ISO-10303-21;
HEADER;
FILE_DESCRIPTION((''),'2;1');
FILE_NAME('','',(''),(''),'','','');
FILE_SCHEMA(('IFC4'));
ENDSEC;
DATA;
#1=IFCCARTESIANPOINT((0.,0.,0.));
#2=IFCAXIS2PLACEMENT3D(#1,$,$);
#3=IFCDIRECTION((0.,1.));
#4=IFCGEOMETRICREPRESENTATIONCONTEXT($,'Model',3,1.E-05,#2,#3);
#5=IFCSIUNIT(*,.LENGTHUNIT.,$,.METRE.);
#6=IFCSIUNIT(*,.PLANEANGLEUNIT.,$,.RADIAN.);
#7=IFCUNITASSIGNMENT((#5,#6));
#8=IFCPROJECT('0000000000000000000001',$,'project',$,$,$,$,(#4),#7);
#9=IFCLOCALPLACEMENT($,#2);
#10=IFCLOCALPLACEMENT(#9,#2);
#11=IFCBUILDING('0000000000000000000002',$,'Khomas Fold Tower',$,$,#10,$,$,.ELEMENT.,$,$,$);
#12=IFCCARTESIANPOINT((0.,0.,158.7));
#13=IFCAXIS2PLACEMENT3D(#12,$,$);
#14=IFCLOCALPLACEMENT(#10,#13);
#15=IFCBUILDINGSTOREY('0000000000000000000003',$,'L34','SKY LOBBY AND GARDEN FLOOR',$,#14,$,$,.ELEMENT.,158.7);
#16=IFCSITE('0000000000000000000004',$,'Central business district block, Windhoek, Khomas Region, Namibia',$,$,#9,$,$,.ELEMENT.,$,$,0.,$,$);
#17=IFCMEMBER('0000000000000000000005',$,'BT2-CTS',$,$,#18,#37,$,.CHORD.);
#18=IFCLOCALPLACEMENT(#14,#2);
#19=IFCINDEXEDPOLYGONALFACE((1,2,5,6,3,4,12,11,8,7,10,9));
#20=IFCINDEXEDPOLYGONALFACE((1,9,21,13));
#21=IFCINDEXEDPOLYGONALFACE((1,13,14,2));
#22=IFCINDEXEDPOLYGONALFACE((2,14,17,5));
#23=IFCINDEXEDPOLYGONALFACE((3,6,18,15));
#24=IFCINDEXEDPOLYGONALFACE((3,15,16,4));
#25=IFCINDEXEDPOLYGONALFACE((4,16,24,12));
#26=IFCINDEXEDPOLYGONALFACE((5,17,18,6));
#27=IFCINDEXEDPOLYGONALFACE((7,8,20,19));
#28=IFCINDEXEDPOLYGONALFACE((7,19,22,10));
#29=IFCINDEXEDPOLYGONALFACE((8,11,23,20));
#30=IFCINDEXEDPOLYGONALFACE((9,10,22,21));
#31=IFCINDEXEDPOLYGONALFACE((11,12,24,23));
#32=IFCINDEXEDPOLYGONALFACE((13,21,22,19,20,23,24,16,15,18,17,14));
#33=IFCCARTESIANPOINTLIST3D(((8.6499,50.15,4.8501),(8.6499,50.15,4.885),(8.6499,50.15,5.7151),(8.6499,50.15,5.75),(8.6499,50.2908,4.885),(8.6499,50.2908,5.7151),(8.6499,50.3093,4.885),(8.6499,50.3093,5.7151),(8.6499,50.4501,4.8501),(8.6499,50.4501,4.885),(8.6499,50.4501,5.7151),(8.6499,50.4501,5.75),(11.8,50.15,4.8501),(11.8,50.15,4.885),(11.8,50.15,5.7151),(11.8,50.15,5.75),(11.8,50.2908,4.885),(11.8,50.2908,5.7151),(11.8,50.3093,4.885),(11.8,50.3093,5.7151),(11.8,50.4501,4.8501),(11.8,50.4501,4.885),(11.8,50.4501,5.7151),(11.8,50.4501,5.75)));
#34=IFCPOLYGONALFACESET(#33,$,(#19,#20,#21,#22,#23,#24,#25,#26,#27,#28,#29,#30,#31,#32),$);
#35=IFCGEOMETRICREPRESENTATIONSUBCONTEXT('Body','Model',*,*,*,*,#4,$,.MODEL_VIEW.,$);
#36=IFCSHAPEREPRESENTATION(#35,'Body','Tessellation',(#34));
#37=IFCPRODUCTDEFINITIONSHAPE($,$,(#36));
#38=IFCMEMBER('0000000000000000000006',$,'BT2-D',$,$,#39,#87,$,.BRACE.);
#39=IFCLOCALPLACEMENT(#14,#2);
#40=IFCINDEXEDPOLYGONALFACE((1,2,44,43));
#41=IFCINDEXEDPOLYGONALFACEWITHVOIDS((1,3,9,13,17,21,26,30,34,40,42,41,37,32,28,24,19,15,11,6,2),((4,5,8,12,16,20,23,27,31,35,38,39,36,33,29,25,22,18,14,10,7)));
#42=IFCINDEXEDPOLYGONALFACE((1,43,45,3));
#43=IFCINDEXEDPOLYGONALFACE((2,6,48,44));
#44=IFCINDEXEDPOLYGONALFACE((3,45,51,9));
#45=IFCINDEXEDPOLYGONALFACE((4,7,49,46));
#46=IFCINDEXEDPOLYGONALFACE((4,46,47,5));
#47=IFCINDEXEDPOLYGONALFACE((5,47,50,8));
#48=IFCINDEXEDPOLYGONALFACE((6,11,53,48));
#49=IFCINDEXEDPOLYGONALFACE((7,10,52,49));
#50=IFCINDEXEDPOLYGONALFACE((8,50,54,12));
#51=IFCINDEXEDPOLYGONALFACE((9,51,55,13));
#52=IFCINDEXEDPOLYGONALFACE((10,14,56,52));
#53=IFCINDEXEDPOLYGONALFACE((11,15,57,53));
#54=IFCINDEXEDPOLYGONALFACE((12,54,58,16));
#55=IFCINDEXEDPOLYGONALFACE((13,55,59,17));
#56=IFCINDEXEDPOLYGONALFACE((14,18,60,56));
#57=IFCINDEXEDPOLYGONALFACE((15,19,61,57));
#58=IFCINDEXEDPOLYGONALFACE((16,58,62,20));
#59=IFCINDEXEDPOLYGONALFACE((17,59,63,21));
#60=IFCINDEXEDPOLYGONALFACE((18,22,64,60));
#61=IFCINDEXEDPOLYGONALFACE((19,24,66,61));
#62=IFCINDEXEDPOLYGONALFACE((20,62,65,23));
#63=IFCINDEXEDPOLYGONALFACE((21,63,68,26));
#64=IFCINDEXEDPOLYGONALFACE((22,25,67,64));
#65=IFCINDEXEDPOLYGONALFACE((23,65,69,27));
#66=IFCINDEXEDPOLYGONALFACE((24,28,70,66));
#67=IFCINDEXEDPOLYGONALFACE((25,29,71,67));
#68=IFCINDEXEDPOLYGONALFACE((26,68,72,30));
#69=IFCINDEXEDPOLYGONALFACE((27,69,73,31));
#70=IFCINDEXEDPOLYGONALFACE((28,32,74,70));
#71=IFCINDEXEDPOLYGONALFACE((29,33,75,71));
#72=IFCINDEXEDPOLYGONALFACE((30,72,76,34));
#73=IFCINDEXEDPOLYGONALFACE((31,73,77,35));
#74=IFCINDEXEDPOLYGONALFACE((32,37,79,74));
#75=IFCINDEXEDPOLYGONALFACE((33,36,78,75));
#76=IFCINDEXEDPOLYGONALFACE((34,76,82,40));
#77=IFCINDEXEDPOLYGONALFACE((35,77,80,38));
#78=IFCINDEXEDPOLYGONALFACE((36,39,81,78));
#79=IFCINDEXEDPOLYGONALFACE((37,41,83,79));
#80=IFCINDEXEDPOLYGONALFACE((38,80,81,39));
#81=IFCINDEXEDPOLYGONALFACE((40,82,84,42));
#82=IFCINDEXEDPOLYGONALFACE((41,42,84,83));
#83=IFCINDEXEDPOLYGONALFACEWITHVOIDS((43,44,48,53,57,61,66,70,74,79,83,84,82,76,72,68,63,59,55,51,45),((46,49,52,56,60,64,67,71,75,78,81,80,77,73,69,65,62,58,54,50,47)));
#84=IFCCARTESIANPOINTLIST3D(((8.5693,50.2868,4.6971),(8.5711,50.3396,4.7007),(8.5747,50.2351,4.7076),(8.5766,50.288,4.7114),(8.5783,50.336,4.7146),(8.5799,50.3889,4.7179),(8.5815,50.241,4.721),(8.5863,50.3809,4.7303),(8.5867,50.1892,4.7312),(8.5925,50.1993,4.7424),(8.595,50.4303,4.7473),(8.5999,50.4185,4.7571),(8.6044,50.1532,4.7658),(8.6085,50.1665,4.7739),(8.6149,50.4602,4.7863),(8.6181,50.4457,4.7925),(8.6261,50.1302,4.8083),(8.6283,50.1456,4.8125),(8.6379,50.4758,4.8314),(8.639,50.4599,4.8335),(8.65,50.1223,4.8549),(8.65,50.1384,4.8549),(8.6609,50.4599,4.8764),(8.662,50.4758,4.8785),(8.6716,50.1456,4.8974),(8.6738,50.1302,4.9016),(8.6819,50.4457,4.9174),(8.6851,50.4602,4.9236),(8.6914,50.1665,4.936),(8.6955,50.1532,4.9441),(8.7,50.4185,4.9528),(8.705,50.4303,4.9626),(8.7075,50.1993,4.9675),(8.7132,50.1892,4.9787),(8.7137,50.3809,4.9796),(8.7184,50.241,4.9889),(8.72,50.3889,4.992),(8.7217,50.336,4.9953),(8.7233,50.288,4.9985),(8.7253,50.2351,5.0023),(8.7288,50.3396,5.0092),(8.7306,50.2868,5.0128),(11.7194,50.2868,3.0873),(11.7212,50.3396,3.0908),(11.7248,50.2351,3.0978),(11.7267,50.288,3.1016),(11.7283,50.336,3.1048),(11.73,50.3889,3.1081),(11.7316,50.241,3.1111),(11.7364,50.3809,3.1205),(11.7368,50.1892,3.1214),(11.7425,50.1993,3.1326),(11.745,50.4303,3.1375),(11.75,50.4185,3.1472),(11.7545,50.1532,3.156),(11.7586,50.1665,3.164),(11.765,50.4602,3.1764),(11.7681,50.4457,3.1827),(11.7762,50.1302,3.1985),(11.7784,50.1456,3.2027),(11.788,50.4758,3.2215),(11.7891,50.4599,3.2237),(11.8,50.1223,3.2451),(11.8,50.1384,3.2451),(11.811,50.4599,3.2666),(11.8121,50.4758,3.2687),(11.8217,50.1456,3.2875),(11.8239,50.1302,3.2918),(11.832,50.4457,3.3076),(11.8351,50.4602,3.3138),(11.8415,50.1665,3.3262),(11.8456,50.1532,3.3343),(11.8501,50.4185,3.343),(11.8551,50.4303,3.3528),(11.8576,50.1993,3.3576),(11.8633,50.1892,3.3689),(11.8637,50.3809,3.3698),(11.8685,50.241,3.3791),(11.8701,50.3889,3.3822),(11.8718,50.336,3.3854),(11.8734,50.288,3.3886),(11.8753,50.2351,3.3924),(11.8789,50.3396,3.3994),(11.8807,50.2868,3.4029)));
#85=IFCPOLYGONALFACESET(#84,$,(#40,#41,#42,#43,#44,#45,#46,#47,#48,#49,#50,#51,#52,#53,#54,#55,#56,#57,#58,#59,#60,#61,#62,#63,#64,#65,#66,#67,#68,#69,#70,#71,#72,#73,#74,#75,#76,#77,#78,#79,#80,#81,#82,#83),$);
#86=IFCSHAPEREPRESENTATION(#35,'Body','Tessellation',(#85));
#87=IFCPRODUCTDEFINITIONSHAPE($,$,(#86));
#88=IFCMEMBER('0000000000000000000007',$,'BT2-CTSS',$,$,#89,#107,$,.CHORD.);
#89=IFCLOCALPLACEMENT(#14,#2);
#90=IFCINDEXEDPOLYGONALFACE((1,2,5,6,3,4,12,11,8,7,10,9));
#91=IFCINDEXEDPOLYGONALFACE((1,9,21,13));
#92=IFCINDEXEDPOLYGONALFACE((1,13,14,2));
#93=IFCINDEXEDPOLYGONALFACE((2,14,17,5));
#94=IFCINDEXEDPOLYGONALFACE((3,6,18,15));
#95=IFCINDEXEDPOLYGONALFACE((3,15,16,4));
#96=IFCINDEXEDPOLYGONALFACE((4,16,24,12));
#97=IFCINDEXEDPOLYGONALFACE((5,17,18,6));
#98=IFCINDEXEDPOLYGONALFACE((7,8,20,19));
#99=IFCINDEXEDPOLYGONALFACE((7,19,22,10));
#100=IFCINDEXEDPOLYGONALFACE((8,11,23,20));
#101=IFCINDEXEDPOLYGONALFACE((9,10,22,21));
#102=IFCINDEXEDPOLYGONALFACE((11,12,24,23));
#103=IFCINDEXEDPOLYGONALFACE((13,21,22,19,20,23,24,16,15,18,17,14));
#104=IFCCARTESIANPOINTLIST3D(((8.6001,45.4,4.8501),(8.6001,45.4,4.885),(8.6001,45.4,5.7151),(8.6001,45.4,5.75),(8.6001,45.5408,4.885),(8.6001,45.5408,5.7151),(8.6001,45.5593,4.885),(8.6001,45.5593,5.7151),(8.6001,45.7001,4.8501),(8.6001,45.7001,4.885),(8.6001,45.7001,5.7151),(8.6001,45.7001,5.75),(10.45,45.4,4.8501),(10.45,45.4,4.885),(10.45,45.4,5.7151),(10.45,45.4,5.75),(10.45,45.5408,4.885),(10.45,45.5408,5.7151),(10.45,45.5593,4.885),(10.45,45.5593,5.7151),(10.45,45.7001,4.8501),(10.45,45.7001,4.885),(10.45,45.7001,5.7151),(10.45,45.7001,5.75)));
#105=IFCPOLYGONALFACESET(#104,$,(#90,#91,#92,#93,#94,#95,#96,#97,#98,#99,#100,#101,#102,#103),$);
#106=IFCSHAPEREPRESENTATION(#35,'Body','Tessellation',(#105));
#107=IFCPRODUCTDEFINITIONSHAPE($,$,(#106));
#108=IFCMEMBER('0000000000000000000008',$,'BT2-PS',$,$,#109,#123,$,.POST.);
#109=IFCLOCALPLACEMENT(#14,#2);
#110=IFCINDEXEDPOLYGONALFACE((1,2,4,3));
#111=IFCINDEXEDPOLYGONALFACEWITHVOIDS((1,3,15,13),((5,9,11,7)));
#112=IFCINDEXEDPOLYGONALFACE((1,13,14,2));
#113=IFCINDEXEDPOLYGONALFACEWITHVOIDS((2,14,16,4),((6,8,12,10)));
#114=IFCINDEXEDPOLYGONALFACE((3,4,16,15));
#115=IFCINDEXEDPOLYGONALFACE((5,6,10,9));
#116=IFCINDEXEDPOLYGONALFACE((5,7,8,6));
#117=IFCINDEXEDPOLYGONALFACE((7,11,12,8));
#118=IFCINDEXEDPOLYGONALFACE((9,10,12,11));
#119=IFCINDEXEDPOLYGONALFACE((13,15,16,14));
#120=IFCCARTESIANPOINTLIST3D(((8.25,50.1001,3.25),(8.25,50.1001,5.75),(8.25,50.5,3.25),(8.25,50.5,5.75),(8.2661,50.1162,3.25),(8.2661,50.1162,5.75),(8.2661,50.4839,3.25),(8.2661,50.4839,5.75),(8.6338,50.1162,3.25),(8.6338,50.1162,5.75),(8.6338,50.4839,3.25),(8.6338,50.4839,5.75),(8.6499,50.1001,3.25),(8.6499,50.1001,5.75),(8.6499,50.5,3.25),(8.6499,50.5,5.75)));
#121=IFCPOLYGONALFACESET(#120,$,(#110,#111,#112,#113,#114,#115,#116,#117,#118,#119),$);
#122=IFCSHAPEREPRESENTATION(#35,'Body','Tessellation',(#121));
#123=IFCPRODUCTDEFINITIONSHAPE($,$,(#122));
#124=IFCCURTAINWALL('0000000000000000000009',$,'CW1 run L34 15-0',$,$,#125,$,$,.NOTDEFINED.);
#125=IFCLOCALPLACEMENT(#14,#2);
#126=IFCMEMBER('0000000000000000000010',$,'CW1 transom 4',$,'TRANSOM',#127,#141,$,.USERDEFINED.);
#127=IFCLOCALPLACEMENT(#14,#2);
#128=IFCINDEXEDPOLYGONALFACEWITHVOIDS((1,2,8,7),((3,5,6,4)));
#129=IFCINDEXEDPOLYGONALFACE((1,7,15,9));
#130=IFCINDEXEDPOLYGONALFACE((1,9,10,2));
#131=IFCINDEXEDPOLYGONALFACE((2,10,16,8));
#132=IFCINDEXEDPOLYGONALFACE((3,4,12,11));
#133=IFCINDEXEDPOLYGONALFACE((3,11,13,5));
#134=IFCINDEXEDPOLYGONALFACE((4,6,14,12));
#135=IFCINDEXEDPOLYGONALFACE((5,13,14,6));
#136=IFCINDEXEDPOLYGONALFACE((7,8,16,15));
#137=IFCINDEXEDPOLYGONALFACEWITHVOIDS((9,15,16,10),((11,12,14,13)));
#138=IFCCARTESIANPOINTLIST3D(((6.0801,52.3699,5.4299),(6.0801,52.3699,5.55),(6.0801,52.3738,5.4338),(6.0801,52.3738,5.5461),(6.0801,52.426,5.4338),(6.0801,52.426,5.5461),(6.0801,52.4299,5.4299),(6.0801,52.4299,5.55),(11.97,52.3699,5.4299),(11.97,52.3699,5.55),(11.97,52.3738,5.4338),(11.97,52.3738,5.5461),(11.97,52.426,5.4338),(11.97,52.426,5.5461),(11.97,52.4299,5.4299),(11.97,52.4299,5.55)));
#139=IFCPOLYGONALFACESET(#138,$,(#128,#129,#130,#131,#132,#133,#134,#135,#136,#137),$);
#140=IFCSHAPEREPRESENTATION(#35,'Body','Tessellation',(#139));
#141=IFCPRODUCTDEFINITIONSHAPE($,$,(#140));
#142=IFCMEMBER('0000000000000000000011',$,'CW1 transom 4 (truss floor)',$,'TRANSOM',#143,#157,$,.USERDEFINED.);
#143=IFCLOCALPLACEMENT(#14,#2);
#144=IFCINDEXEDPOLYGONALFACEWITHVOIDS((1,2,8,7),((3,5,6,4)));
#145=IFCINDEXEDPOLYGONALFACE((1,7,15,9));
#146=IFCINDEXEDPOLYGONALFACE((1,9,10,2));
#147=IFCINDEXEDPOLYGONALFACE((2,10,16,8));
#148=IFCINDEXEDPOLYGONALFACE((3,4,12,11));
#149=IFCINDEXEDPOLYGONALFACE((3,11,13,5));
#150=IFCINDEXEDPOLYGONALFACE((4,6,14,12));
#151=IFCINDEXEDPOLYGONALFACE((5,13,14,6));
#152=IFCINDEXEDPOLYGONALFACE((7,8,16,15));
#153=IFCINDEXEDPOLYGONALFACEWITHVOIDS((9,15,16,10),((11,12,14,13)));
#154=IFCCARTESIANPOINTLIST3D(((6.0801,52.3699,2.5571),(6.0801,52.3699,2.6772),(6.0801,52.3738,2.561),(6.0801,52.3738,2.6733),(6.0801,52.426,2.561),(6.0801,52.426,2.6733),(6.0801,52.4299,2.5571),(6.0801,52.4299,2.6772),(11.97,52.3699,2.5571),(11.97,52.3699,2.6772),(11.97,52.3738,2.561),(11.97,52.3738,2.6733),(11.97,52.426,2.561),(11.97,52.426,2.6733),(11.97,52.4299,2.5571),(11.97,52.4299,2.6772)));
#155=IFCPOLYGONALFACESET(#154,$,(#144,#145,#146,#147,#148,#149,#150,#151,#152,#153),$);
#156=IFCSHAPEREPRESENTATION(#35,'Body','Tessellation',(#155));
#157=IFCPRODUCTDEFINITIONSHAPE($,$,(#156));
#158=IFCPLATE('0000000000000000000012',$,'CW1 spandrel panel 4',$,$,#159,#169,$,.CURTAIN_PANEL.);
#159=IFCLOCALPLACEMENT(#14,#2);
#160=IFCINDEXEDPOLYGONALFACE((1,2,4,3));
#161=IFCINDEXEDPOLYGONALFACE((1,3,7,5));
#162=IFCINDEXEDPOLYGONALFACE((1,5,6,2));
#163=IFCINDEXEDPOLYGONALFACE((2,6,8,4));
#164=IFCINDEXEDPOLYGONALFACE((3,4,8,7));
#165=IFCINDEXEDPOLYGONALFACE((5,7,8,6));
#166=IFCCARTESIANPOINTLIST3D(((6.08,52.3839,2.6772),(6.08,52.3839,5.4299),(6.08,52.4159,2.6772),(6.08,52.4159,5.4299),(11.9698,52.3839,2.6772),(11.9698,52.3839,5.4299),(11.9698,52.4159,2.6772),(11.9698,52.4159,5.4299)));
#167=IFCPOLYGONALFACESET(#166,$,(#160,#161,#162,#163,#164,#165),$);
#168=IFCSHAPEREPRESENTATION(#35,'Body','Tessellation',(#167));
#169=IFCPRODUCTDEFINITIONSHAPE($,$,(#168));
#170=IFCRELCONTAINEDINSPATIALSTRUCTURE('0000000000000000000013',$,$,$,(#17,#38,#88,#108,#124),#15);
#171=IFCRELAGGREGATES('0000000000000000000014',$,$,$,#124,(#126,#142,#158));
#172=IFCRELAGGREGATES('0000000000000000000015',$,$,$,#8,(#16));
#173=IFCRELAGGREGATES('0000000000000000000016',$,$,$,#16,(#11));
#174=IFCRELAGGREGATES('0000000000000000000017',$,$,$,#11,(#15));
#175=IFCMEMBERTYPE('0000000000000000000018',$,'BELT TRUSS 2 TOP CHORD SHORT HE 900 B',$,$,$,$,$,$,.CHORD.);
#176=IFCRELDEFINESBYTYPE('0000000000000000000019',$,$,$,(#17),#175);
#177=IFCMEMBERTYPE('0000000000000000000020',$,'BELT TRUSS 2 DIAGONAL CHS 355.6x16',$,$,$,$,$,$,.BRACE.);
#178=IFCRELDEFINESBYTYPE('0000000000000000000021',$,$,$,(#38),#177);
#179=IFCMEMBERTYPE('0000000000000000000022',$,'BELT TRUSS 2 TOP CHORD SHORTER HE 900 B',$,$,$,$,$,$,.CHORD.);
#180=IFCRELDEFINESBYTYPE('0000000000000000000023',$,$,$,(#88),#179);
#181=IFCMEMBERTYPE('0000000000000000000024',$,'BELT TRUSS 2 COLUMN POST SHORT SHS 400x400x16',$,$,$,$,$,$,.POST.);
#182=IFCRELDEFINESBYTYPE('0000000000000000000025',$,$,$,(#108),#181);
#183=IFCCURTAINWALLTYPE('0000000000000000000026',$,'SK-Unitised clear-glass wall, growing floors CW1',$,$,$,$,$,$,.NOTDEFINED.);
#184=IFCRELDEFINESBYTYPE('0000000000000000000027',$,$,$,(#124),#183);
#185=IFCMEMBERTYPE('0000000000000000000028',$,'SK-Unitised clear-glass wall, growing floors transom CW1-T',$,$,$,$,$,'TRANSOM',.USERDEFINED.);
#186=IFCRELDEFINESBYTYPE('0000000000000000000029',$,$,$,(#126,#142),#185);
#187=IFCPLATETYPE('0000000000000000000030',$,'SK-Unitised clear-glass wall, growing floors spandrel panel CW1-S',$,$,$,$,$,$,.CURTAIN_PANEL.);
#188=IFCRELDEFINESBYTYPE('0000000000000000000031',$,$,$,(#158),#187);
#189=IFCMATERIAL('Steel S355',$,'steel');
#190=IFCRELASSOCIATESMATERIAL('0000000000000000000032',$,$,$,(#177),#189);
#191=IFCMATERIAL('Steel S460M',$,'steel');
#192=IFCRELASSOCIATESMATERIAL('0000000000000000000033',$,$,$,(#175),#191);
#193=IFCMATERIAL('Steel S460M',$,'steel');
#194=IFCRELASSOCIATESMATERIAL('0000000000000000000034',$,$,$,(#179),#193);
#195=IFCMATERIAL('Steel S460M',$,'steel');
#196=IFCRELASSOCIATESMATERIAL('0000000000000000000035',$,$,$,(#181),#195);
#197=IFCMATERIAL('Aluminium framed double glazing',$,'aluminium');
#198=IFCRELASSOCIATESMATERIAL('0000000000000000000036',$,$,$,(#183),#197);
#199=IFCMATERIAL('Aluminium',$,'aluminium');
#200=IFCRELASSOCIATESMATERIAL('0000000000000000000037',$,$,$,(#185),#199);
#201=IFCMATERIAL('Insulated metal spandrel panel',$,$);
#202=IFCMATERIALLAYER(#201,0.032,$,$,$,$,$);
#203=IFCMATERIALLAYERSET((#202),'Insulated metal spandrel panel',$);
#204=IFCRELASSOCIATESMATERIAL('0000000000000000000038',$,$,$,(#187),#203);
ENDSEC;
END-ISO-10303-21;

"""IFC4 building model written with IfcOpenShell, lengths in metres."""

from ifc_helpers import new_model, si_unit, direction, frame, origin, origin_2d, place, context, subcontext, project, spatial, rectangle, hollow_rectangle, hollow_circle, i_section, extrude, source, transform, mapped, material, layer, layer_set, material_profile, profile_set, type_object, element, aggregate, save


model = new_model("IFC4")

# Units and contexts
model_context = context("Model", 3, precision=1e-05, world=origin(), true_north=direction((0.0, 1.0)))
body_context = subcontext(model_context, "Body", "Model", "MODEL_VIEW")
ifc_project = project(units=[si_unit("LENGTHUNIT", "METRE"), si_unit("PLANEANGLEUNIT", "RADIAN")], contexts=[model_context])

# Site, building, storey
site_placement = place(None, origin())
site = spatial("IfcSite", under=ifc_project, at=site_placement, Name="Central business district block, Windhoek, Khomas Region, Namibia", CompositionType="ELEMENT", RefElevation=0.0)
building_placement = place(site_placement, origin())
building = spatial("IfcBuilding", under=site, at=building_placement, Name="Khomas Fold Tower", CompositionType="ELEMENT")
storey_placement = place(building_placement, frame((0.0, 0.0, 158.7)))
storey = spatial("IfcBuildingStorey", under=building, at=storey_placement, Name="L34", Description="SKY LOBBY AND GARDEN FLOOR", CompositionType="ELEMENT", Elevation=158.7)

# Members
ifc_material_1 = material(Name="Steel S355", Category="steel")
ifc_material_profile_1 = material_profile(ifc_material_1, hollow_circle(Radius=0.1777, WallThickness=0.0161, at=origin_2d()), Name="CHS 355.6x16")
ifc_profile_set_1 = profile_set([ifc_material_profile_1], Name="Steel S355")
member_type_1 = type_object("IfcMemberType", Name="BELT TRUSS 2 DIAGONAL CHS 355.6x16", PredefinedType="BRACE", material=ifc_profile_set_1)
ifc_material_2 = material(Name="Steel S460M", Category="steel")
ifc_material_profile_2 = material_profile(ifc_material_2, i_section(OverallWidth=0.3, OverallDepth=0.8999, WebThickness=0.0186, FlangeThickness=0.0349, at=origin_2d()), Name="HE 900 B")
ifc_profile_set_2 = profile_set([ifc_material_profile_2], Name="Steel S460M")
member_type_2 = type_object("IfcMemberType", Name="BELT TRUSS 2 TOP CHORD SHORT HE 900 B", PredefinedType="CHORD", material=ifc_profile_set_2)
shared_shape_1 = source(origin(), body_context, "Body", "SweptSolid", [
    extrude(i_section(OverallWidth=0.3, OverallDepth=0.8999, WebThickness=0.0186, FlangeThickness=0.0349, at=origin_2d()), origin(), (0.0, 0.0, 1.0), 3.1501),
])
member_1_placement = place(storey_placement, frame((11.8, 50.3, 5.3), z_axis=(-1.0, 0.0, 0.0), x_axis=(0.0, -1.0, 0.0)))
element("IfcMember", 1, at=member_1_placement, inside=storey, type_object=member_type_2, Name="BT2-CTS", PredefinedType="CHORD", context=body_context, shape_type="MappedRepresentation", body=[
    mapped(shared_shape_1, transform((0.0, 0.0, 0.0))),
])
shared_shape_2 = source(origin(), body_context, "Body", "SweptSolid", [
    extrude(hollow_circle(Radius=0.1777, WallThickness=0.0161, at=origin_2d()), origin(), (0.0, 0.0, 1.0), 3.5376),
])
member_2_placement = place(storey_placement, frame((11.8, 50.3, 3.2451), z_axis=(-0.890459, 0.0, 0.455064), x_axis=(0.0, -1.0, 0.0)))
element("IfcMember", 2, at=member_2_placement, inside=storey, type_object=member_type_1, Name="BT2-D", PredefinedType="BRACE", context=body_context, shape_type="MappedRepresentation", body=[
    mapped(shared_shape_2, transform((0.0, 0.0, 0.0))),
])
ifc_material_3 = material(Name="Steel S460M", Category="steel")
ifc_material_profile_3 = material_profile(ifc_material_3, i_section(OverallWidth=0.3, OverallDepth=0.8999, WebThickness=0.0186, FlangeThickness=0.0349, at=origin_2d()), Name="HE 900 B")
ifc_profile_set_3 = profile_set([ifc_material_profile_3], Name="Steel S460M")
member_type_3 = type_object("IfcMemberType", Name="BELT TRUSS 2 TOP CHORD SHORTER HE 900 B", PredefinedType="CHORD", material=ifc_profile_set_3)
shared_shape_3 = source(origin(), body_context, "Body", "SweptSolid", [
    extrude(i_section(OverallWidth=0.3, OverallDepth=0.8999, WebThickness=0.0186, FlangeThickness=0.0349, at=origin_2d()), origin(), (0.0, 0.0, 1.0), 1.8499),
])
member_3_placement = place(storey_placement, frame((8.6001, 45.55, 5.3), z_axis=(1.0, 0.0, 0.0), x_axis=(0.0, 1.0, 0.0)))
element("IfcMember", 3, at=member_3_placement, inside=storey, type_object=member_type_3, Name="BT2-CTSS", PredefinedType="CHORD", context=body_context, shape_type="MappedRepresentation", body=[
    mapped(shared_shape_3, transform((0.0, 0.0, 0.0))),
])
ifc_material_4 = material(Name="Steel S460M", Category="steel")
ifc_material_profile_4 = material_profile(ifc_material_4, hollow_rectangle(XDim=0.3999, YDim=0.3999, WallThickness=0.0161, at=origin_2d()), Name="SHS 400x400x16")
ifc_profile_set_4 = profile_set([ifc_material_profile_4], Name="Steel S460M")
member_type_4 = type_object("IfcMemberType", Name="BELT TRUSS 2 COLUMN POST SHORT SHS 400x400x16", PredefinedType="POST", material=ifc_profile_set_4)
shared_shape_4 = source(origin(), body_context, "Body", "SweptSolid", [
    extrude(hollow_rectangle(XDim=0.3999, YDim=0.3999, WallThickness=0.0161, at=origin_2d()), origin(), (0.0, 0.0, 1.0), 2.5),
])
member_4_placement = place(storey_placement, frame((8.45, 50.3, 3.25), z_axis=(0.0, 0.0, 1.0), x_axis=(1.0, 0.0, 0.0)))
element("IfcMember", 4, at=member_4_placement, inside=storey, type_object=member_type_4, Name="BT2-PS", PredefinedType="POST", context=body_context, shape_type="MappedRepresentation", body=[
    mapped(shared_shape_4, transform((0.0, 0.0, 0.0))),
])

# Curtain wall, members, plate
ifc_material_5 = material(Name="Aluminium framed double glazing", Category="aluminium")
curtain_wall_type = type_object("IfcCurtainWallType", Name="SK-Unitised clear-glass wall, growing floors CW1", PredefinedType="NOTDEFINED", material=ifc_material_5)
curtain_wall_placement = place(storey_placement, origin())
curtain_wall = element("IfcCurtainWall", 5, at=curtain_wall_placement, inside=storey, type_object=curtain_wall_type, Name="CW1 run L34 15-0", PredefinedType="NOTDEFINED")
ifc_material_6 = material(Name="Aluminium", Category="aluminium")
ifc_material_profile_5 = material_profile(ifc_material_6, hollow_rectangle(XDim=0.0601, YDim=0.1201, WallThickness=0.0039, at=origin_2d()), Name="SK-Unitised clear-glass wall, growing floors transom CW1-T")
ifc_profile_set_5 = profile_set([ifc_material_profile_5], Name="Aluminium")
member_type_5 = type_object("IfcMemberType", Name="SK-Unitised clear-glass wall, growing floors transom CW1-T", ElementType="TRANSOM", PredefinedType="USERDEFINED", material=ifc_profile_set_5)
shared_shape_5 = source(origin(), body_context, "Body", "SweptSolid", [
    extrude(hollow_rectangle(XDim=0.0601, YDim=0.1201, WallThickness=0.0039, at=origin_2d()), origin(), (0.0, 0.0, 1.0), 5.8899),
])
member_5_placement = place(storey_placement, frame((11.97, 52.3999, 5.49), z_axis=(-1.0, 0.0, 0.0), x_axis=(0.0, -1.0, 0.0)))
member_5 = element("IfcMember", 6, at=member_5_placement, type_object=member_type_5, Name="CW1 transom 4", ObjectType="TRANSOM", PredefinedType="USERDEFINED", context=body_context, shape_type="MappedRepresentation", body=[
    mapped(shared_shape_5, transform((0.0, 0.0, 0.0))),
])
member_6_placement = place(storey_placement, frame((11.97, 52.3999, 2.6172), z_axis=(-1.0, 0.0, 0.0), x_axis=(0.0, -1.0, 0.0)))
member_6 = element("IfcMember", 7, at=member_6_placement, type_object=member_type_5, Name="CW1 transom 4 (truss floor)", ObjectType="TRANSOM", PredefinedType="USERDEFINED", context=body_context, shape_type="MappedRepresentation", body=[
    mapped(shared_shape_5, transform((0.0, 0.0, 0.0))),
])
ifc_material_7 = material(Name="Insulated metal spandrel panel")
ifc_layer_1 = layer(ifc_material_7, 0.032)
ifc_layer_set_1 = layer_set([ifc_layer_1], Name="Insulated metal spandrel panel")
plate_type_1 = type_object("IfcPlateType", Name="SK-Unitised clear-glass wall, growing floors spandrel panel CW1-S", PredefinedType="CURTAIN_PANEL", material=ifc_layer_set_1)
shared_shape_6 = source(origin(), body_context, "Body", "SweptSolid", [
    extrude(rectangle(XDim=5.8899, YDim=0.032, at=origin_2d()), origin(), (0.0, 0.0, 1.0), 2.7527),
])
plate_1_placement = place(storey_placement, frame((9.0249, 52.3999, 2.6772), z_axis=(0.0, 0.0, 1.0), x_axis=(-1.0, 0.0, 0.0)))
plate_1 = element("IfcPlate", 8, at=plate_1_placement, type_object=plate_type_1, Name="CW1 spandrel panel 4", PredefinedType="CURTAIN_PANEL", context=body_context, shape_type="MappedRepresentation", body=[
    mapped(shared_shape_6, transform((0.0, 0.0, 0.0))),
])
aggregate(curtain_wall, [member_5, member_6, plate_1])

save(model, "model.ifc")
